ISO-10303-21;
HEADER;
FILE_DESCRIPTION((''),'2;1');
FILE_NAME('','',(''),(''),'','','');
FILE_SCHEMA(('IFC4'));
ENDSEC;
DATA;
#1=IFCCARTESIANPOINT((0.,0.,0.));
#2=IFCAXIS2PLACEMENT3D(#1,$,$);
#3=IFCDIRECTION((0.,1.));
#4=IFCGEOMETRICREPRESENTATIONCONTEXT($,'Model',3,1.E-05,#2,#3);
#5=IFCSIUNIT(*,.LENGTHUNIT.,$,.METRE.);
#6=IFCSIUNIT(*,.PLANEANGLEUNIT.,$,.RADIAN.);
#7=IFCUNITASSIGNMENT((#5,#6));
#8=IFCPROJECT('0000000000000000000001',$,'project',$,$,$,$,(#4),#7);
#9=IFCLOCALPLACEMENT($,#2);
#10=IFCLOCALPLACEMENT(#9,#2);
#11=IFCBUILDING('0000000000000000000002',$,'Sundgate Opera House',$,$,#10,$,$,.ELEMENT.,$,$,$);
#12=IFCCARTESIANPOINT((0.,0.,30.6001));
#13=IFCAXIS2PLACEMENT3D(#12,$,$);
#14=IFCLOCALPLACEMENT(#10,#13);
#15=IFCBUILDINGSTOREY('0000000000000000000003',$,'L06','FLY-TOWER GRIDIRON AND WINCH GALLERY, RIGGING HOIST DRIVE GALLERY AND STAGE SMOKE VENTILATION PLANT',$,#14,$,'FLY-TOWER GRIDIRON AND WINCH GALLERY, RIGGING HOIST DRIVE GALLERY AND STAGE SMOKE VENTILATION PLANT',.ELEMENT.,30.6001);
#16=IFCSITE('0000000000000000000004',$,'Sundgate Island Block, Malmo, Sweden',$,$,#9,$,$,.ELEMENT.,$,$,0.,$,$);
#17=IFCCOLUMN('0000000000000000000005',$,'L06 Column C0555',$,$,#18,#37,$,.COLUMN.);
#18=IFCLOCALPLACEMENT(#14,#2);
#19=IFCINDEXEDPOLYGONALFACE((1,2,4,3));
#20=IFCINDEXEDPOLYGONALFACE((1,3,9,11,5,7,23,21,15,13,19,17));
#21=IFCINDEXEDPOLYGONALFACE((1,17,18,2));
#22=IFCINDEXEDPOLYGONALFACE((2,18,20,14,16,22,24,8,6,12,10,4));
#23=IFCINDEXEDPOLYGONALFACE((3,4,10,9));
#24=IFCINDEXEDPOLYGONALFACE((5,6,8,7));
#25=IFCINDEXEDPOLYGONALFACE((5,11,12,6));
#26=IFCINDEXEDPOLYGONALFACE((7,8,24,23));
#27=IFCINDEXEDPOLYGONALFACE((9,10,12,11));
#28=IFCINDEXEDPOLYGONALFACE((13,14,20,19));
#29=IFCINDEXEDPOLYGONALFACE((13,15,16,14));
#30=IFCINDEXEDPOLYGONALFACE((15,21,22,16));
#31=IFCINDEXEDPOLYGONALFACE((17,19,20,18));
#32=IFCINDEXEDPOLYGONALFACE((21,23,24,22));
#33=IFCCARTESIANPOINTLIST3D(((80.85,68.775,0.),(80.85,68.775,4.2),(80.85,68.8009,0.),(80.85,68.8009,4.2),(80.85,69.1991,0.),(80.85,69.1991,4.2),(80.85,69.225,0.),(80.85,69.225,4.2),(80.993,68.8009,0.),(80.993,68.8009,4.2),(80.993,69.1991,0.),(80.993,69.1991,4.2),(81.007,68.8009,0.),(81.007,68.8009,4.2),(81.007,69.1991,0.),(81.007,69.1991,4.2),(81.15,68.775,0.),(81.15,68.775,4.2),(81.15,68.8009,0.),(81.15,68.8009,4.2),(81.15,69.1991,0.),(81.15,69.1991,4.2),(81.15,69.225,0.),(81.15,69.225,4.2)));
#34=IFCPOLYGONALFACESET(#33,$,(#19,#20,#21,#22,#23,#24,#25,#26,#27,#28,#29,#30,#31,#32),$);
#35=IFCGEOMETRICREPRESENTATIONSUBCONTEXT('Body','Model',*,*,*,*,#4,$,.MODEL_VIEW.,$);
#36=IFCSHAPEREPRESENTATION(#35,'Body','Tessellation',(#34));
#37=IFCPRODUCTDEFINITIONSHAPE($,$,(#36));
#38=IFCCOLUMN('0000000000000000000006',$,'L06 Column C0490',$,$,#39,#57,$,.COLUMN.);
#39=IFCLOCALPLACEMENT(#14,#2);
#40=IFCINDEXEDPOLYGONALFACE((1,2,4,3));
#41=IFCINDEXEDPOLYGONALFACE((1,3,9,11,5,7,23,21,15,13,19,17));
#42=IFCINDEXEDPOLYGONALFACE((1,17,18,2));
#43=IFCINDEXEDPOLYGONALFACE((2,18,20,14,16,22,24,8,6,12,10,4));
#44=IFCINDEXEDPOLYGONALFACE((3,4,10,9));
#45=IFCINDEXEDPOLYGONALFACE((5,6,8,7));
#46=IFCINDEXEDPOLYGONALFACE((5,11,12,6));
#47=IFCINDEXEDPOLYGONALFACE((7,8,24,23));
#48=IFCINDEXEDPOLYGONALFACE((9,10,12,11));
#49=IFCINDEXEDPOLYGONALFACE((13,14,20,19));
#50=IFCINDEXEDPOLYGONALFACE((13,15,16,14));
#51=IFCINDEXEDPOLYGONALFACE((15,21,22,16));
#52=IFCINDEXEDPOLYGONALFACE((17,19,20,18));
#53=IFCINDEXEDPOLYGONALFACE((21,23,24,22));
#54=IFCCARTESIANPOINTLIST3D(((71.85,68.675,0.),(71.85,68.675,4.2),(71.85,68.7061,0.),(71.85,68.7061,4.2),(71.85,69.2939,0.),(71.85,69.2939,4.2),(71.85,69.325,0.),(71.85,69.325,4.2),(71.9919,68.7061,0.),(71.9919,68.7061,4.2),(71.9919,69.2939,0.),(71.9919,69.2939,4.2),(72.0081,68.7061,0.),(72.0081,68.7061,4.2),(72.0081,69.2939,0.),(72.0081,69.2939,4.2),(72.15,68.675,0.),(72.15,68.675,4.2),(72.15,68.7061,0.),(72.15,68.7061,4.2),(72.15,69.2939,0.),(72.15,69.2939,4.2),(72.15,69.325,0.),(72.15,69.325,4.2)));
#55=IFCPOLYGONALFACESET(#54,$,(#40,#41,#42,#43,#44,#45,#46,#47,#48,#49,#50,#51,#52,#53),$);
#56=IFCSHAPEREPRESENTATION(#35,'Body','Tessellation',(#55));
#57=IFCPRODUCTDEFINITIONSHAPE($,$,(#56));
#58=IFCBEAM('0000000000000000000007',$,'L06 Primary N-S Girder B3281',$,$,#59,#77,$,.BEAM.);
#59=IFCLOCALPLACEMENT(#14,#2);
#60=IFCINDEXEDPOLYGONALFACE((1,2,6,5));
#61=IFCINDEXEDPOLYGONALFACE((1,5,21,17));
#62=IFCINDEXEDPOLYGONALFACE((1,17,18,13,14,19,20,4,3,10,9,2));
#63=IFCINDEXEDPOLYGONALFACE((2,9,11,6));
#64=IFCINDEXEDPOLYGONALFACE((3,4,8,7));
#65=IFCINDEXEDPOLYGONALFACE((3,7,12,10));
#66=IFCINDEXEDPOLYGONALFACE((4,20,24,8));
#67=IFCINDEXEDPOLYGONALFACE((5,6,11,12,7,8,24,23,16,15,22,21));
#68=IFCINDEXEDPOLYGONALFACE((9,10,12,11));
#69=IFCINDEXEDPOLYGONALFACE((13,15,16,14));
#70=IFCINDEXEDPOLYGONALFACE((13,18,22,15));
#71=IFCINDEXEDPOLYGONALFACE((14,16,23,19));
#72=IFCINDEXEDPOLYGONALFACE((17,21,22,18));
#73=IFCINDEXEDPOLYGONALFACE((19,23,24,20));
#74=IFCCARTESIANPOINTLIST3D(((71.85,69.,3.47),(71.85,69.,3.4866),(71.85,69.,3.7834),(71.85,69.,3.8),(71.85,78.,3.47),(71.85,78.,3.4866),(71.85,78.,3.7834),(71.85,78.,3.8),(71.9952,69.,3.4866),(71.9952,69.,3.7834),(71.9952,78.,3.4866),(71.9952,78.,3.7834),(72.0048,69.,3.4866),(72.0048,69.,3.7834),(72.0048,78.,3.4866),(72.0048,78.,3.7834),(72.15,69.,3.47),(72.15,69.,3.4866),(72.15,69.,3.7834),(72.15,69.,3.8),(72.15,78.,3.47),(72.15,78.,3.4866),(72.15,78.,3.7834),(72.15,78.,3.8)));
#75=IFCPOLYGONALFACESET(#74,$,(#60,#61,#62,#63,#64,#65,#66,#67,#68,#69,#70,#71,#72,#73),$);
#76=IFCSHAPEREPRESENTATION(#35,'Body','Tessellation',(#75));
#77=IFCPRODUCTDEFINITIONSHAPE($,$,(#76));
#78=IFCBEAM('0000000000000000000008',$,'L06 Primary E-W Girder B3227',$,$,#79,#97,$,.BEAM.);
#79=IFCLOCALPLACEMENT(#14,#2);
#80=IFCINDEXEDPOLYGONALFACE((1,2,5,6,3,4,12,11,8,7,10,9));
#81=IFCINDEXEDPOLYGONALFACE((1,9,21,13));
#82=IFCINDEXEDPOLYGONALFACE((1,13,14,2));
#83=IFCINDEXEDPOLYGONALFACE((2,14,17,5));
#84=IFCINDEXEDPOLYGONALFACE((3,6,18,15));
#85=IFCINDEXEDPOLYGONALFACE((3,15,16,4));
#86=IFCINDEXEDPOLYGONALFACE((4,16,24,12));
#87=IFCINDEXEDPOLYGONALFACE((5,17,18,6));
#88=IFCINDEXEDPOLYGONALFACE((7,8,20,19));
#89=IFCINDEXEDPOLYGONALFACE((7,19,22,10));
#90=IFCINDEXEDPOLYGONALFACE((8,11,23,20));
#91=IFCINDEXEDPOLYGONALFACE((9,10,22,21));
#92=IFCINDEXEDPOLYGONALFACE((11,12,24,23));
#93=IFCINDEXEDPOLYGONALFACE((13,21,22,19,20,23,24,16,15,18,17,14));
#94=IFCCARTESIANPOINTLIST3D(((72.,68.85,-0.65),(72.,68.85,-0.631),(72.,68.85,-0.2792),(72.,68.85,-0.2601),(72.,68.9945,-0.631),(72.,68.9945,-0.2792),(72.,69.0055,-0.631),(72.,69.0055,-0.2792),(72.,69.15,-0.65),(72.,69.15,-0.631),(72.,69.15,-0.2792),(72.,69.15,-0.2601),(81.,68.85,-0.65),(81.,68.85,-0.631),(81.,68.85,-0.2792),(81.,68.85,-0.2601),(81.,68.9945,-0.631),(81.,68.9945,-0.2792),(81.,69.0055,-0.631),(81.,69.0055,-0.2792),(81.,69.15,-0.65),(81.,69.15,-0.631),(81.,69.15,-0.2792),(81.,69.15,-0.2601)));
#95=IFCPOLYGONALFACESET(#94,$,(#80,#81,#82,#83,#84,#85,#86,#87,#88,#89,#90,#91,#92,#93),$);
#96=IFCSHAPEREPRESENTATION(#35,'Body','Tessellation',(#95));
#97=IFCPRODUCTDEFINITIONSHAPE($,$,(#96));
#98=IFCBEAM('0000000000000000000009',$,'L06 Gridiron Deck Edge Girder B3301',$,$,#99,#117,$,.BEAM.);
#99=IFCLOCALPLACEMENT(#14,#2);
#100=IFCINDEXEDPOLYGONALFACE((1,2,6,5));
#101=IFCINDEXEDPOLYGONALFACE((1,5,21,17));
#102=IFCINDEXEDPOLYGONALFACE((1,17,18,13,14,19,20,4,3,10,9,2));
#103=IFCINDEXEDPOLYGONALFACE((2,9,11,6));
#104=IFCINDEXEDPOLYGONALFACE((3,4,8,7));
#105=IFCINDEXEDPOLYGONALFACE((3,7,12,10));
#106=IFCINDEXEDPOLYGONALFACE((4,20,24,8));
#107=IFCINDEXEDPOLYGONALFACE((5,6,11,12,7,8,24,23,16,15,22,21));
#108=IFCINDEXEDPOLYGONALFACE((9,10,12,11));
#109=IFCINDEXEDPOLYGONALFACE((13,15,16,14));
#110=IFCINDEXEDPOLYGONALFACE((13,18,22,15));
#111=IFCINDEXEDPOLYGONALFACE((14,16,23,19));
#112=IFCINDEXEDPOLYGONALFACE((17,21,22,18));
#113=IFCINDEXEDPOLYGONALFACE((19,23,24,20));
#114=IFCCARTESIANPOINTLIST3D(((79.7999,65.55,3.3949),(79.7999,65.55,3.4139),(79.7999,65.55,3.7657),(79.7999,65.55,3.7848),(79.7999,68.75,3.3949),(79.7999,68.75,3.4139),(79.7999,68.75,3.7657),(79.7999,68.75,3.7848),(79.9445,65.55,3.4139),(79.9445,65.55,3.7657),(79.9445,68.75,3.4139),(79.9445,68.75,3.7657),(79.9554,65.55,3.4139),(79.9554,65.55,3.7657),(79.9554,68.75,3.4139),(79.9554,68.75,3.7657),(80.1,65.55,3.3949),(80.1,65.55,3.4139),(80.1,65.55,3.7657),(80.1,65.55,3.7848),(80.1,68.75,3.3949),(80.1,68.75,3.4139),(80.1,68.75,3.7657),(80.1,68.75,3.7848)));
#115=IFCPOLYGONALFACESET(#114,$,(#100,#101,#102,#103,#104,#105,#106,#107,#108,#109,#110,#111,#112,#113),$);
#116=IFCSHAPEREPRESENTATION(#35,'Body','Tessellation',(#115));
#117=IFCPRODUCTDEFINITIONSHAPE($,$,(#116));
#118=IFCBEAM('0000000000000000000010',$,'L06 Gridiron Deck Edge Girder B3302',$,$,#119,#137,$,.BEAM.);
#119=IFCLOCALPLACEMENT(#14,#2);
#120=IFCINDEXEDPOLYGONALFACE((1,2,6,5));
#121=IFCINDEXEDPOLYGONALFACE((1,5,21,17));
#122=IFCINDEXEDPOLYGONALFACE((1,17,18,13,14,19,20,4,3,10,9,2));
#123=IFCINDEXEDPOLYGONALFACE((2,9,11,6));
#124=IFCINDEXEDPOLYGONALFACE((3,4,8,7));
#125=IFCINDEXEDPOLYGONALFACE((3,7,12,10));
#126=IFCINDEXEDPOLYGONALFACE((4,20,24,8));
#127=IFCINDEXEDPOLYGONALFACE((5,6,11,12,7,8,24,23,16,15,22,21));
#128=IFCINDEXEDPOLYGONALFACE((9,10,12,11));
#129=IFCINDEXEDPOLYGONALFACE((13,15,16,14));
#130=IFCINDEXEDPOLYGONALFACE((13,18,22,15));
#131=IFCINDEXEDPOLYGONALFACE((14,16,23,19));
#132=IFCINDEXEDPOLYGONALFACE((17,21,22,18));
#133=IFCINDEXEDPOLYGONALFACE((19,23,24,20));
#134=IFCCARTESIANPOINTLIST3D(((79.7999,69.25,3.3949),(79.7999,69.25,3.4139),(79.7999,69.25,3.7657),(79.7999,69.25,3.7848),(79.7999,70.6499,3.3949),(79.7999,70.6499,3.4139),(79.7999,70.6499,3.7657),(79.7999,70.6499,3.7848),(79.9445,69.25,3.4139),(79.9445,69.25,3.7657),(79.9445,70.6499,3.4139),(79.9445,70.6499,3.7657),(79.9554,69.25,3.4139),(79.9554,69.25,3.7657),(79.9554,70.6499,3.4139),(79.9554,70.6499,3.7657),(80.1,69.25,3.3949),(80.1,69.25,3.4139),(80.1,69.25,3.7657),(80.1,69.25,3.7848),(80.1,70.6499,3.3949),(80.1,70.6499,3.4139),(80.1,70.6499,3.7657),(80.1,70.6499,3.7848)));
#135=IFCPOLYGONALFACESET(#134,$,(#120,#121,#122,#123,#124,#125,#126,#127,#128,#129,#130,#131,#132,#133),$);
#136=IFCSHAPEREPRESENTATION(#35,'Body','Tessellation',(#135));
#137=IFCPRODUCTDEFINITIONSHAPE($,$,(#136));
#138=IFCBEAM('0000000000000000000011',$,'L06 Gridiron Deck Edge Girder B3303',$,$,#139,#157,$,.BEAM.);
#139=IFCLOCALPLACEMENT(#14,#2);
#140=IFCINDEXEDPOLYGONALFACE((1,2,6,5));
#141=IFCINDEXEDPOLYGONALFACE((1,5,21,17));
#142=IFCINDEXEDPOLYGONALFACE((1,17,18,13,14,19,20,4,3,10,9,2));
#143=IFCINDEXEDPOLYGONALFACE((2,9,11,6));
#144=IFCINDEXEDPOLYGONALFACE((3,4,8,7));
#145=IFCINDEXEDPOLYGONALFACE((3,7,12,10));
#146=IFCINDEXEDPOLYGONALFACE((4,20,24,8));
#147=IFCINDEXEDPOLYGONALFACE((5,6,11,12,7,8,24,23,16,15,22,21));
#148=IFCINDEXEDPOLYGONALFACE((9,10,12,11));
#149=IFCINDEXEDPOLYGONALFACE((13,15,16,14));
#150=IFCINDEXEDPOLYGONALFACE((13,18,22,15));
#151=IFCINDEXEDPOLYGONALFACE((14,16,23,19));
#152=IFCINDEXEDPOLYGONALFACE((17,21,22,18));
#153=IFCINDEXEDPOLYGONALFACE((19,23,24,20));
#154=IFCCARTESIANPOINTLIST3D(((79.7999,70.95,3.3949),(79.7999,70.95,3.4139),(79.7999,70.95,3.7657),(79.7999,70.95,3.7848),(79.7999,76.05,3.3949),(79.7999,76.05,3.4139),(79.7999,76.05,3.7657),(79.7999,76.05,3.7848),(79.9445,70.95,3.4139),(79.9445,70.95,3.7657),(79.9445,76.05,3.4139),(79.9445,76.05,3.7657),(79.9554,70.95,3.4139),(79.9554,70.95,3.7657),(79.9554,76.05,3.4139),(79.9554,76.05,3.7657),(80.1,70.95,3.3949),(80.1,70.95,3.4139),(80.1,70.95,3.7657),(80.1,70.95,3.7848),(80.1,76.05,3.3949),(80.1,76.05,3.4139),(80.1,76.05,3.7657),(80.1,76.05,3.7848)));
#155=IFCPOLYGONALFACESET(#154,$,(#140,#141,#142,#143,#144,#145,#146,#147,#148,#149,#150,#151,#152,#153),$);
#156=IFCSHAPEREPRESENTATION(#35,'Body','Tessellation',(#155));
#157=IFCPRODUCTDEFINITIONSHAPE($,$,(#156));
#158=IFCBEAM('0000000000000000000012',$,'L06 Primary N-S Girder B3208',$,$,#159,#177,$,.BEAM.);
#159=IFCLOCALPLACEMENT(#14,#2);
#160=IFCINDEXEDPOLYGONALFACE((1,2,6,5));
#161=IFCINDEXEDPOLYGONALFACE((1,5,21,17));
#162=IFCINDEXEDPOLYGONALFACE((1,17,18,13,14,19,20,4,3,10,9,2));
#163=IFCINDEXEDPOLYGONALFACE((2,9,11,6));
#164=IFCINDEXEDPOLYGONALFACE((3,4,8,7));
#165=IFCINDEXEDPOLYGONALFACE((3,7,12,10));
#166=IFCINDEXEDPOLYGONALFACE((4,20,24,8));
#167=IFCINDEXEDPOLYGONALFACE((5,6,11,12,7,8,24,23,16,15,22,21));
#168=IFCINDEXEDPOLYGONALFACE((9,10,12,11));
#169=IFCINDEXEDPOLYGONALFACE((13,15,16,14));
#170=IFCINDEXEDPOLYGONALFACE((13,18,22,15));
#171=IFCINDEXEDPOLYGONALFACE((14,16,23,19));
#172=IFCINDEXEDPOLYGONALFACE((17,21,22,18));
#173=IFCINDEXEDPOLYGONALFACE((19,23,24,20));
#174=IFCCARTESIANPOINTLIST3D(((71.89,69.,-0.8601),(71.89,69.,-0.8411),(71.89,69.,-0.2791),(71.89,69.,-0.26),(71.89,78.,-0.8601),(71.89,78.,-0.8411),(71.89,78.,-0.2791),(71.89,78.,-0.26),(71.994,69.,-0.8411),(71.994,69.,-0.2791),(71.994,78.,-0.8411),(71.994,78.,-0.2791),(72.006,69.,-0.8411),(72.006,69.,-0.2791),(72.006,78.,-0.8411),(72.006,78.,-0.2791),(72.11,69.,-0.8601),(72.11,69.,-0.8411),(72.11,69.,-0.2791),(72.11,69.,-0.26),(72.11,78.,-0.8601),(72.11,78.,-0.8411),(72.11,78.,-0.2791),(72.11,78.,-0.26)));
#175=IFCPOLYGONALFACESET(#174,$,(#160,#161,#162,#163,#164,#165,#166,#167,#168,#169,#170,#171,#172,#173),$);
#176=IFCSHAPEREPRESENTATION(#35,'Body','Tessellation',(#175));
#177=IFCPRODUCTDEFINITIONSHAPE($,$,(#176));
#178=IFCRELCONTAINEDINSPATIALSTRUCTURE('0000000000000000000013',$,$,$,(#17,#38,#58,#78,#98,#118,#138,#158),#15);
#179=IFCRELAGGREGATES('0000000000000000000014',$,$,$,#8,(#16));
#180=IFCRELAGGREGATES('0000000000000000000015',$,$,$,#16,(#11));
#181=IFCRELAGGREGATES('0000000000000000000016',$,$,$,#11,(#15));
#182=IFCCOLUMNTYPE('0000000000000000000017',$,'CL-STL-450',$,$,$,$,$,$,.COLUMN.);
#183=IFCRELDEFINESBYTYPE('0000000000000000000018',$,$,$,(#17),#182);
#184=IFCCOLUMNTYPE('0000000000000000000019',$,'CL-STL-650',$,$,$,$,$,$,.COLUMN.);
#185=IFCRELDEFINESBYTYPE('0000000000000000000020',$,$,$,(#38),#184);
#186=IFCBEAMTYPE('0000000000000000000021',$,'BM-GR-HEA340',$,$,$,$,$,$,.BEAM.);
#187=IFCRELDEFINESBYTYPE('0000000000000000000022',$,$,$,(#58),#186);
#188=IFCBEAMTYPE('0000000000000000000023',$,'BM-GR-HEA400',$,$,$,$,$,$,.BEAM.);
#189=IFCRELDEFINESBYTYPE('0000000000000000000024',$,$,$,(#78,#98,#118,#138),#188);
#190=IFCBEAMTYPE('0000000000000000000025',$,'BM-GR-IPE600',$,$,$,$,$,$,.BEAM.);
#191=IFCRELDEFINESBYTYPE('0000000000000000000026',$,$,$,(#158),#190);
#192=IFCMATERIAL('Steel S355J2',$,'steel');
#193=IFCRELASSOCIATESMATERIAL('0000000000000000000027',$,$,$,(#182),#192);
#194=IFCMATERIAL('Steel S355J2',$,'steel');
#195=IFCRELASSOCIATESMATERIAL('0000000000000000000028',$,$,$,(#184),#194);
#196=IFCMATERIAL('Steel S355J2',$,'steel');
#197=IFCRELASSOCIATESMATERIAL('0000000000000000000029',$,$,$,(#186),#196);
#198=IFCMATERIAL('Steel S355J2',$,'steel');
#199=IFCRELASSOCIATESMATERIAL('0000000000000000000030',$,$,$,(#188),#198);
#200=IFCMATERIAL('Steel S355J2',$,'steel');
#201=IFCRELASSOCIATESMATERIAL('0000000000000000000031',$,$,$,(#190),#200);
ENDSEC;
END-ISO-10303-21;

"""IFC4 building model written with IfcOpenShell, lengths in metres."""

from ifc_helpers import new_model, si_unit, direction, frame, origin, origin_2d, place, context, subcontext, project, spatial, i_section, extrude, material, material_profile, profile_set, type_object, element, save


model = new_model("IFC4")

# Units and contexts
model_context = context("Model", 3, precision=1e-05, world=origin(), true_north=direction((0.0, 1.0)))
body_context = subcontext(model_context, "Body", "Model", "MODEL_VIEW")
ifc_project = project(units=[si_unit("LENGTHUNIT", "METRE"), si_unit("PLANEANGLEUNIT", "RADIAN")], contexts=[model_context])

# Site, building, storey
site_placement = place(None, origin())
site = spatial("IfcSite", under=ifc_project, at=site_placement, Name="Sundgate Island Block, Malmo, Sweden", CompositionType="ELEMENT", RefElevation=0.0)
building_placement = place(site_placement, origin())
building = spatial("IfcBuilding", under=site, at=building_placement, Name="Sundgate Opera House", CompositionType="ELEMENT")
storey_placement = place(building_placement, frame((0.0, 0.0, 30.6001)))
storey = spatial("IfcBuildingStorey", under=building, at=storey_placement, Name="L06", Description="FLY-TOWER GRIDIRON AND WINCH GALLERY, RIGGING HOIST DRIVE GALLERY AND STAGE SMOKE VENTILATION PLANT", LongName="FLY-TOWER GRIDIRON AND WINCH GALLERY, RIGGING HOIST DRIVE GALLERY AND STAGE SMOKE VENTILATION PLANT", CompositionType="ELEMENT", Elevation=30.6001)

# Columns
ifc_material_1 = material(Name="Steel S355J2", Category="steel")
ifc_material_profile_1 = material_profile(ifc_material_1, i_section(OverallWidth=0.3, OverallDepth=0.45, WebThickness=0.0139, FlangeThickness=0.0259, at=origin_2d()), Name="HEB 450")
ifc_profile_set_1 = profile_set([ifc_material_profile_1], Name="Steel S355J2")
column_type_1 = type_object("IfcColumnType", Name="CL-STL-450", PredefinedType="COLUMN", material=ifc_profile_set_1)
column_1_placement = place(storey_placement, frame((81.0, 69.0, 0.0), z_axis=(0.0, 0.0, 1.0), x_axis=(1.0, 0.0, 0.0)))
element("IfcColumn", 1, at=column_1_placement, inside=storey, type_object=column_type_1, Name="L06 Column C0555", PredefinedType="COLUMN", context=body_context, shape_type="SweptSolid", body=[
    extrude(i_section(OverallWidth=0.3, OverallDepth=0.45, WebThickness=0.0139, FlangeThickness=0.0259, at=origin_2d()), origin(), (0.0, 0.0, 1.0), 4.2),
])
ifc_material_2 = material(Name="Steel S355J2", Category="steel")
ifc_material_profile_2 = material_profile(ifc_material_2, i_section(OverallWidth=0.3, OverallDepth=0.6499, WebThickness=0.0161, FlangeThickness=0.031, at=origin_2d()), Name="HEB 650")
ifc_profile_set_2 = profile_set([ifc_material_profile_2], Name="Steel S355J2")
column_type_2 = type_object("IfcColumnType", Name="CL-STL-650", PredefinedType="COLUMN", material=ifc_profile_set_2)
column_2_placement = place(storey_placement, frame((72.0, 69.0, 0.0), z_axis=(0.0, 0.0, 1.0), x_axis=(1.0, 0.0, 0.0)))
element("IfcColumn", 2, at=column_2_placement, inside=storey, type_object=column_type_2, Name="L06 Column C0490", PredefinedType="COLUMN", context=body_context, shape_type="SweptSolid", body=[
    extrude(i_section(OverallWidth=0.3, OverallDepth=0.6499, WebThickness=0.0161, FlangeThickness=0.031, at=origin_2d()), origin(), (0.0, 0.0, 1.0), 4.2),
])

# Beams
ifc_material_3 = material(Name="Steel S355J2", Category="steel")
ifc_material_profile_3 = material_profile(ifc_material_3, i_section(OverallWidth=0.3, OverallDepth=0.3301, WebThickness=0.0095, FlangeThickness=0.0166, at=origin_2d()), Name="HEA 340")
ifc_profile_set_3 = profile_set([ifc_material_profile_3], Name="Steel S355J2")
beam_type_1 = type_object("IfcBeamType", Name="BM-GR-HEA340", PredefinedType="BEAM", material=ifc_profile_set_3)
beam_1_placement = place(storey_placement, frame((72.0, 69.0, 3.635), z_axis=(0.0, 1.0, 0.0), x_axis=(-1.0, 0.0, 0.0)))
element("IfcBeam", 3, at=beam_1_placement, inside=storey, type_object=beam_type_1, Name="L06 Primary N-S Girder B3281", PredefinedType="BEAM", context=body_context, shape_type="SweptSolid", body=[
    extrude(i_section(OverallWidth=0.3, OverallDepth=0.3301, WebThickness=0.0095, FlangeThickness=0.0166, at=origin_2d()), origin(), (0.0, 0.0, 1.0), 9.0),
])
ifc_material_4 = material(Name="Steel S355J2", Category="steel")
ifc_material_profile_4 = material_profile(ifc_material_4, i_section(OverallWidth=0.3, OverallDepth=0.3899, WebThickness=0.011, FlangeThickness=0.019, at=origin_2d()), Name="HEA 400")
ifc_profile_set_4 = profile_set([ifc_material_profile_4], Name="Steel S355J2")
beam_type_2 = type_object("IfcBeamType", Name="BM-GR-HEA400", PredefinedType="BEAM", material=ifc_profile_set_4)
beam_2_placement = place(storey_placement, frame((72.0, 69.0, -0.4551), z_axis=(1.0, 0.0, 0.0), x_axis=(0.0, 1.0, 0.0)))
element("IfcBeam", 4, at=beam_2_placement, inside=storey, type_object=beam_type_2, Name="L06 Primary E-W Girder B3227", PredefinedType="BEAM", context=body_context, shape_type="SweptSolid", body=[
    extrude(i_section(OverallWidth=0.3, OverallDepth=0.3899, WebThickness=0.011, FlangeThickness=0.019, at=origin_2d()), origin(), (0.0, 0.0, 1.0), 9.0),
])
beam_3_placement = place(storey_placement, frame((79.95, 65.55, 3.5898), z_axis=(0.0, 1.0, 0.0), x_axis=(-1.0, 0.0, 0.0)))
element("IfcBeam", 5, at=beam_3_placement, inside=storey, type_object=beam_type_2, Name="L06 Gridiron Deck Edge Girder B3301", PredefinedType="BEAM", context=body_context, shape_type="SweptSolid", body=[
    extrude(i_section(OverallWidth=0.3, OverallDepth=0.3899, WebThickness=0.011, FlangeThickness=0.019, at=origin_2d()), origin(), (0.0, 0.0, 1.0), 3.2),
])
beam_4_placement = place(storey_placement, frame((79.95, 69.25, 3.5898), z_axis=(0.0, 1.0, 0.0), x_axis=(-1.0, 0.0, 0.0)))
element("IfcBeam", 6, at=beam_4_placement, inside=storey, type_object=beam_type_2, Name="L06 Gridiron Deck Edge Girder B3302", PredefinedType="BEAM", context=body_context, shape_type="SweptSolid", body=[
    extrude(i_section(OverallWidth=0.3, OverallDepth=0.3899, WebThickness=0.011, FlangeThickness=0.019, at=origin_2d()), origin(), (0.0, 0.0, 1.0), 1.3999),
])
beam_5_placement = place(storey_placement, frame((79.95, 70.95, 3.5898), z_axis=(0.0, 1.0, 0.0), x_axis=(-1.0, 0.0, 0.0)))
element("IfcBeam", 7, at=beam_5_placement, inside=storey, type_object=beam_type_2, Name="L06 Gridiron Deck Edge Girder B3303", PredefinedType="BEAM", context=body_context, shape_type="SweptSolid", body=[
    extrude(i_section(OverallWidth=0.3, OverallDepth=0.3899, WebThickness=0.011, FlangeThickness=0.019, at=origin_2d()), origin(), (0.0, 0.0, 1.0), 5.1001),
])
ifc_material_5 = material(Name="Steel S355J2", Category="steel")
ifc_material_profile_5 = material_profile(ifc_material_5, i_section(OverallWidth=0.22, OverallDepth=0.6001, WebThickness=0.012, FlangeThickness=0.019, at=origin_2d()), Name="IPE 600")
ifc_profile_set_5 = profile_set([ifc_material_profile_5], Name="Steel S355J2")
beam_type_3 = type_object("IfcBeamType", Name="BM-GR-IPE600", PredefinedType="BEAM", material=ifc_profile_set_5)
beam_6_placement = place(storey_placement, frame((72.0, 69.0, -0.5601), z_axis=(0.0, 1.0, 0.0), x_axis=(-1.0, 0.0, 0.0)))
element("IfcBeam", 8, at=beam_6_placement, inside=storey, type_object=beam_type_3, Name="L06 Primary N-S Girder B3208", PredefinedType="BEAM", context=body_context, shape_type="SweptSolid", body=[
    extrude(i_section(OverallWidth=0.22, OverallDepth=0.6001, WebThickness=0.012, FlangeThickness=0.019, at=origin_2d()), origin(), (0.0, 0.0, 1.0), 9.0),
])

save(model, "model.ifc")
